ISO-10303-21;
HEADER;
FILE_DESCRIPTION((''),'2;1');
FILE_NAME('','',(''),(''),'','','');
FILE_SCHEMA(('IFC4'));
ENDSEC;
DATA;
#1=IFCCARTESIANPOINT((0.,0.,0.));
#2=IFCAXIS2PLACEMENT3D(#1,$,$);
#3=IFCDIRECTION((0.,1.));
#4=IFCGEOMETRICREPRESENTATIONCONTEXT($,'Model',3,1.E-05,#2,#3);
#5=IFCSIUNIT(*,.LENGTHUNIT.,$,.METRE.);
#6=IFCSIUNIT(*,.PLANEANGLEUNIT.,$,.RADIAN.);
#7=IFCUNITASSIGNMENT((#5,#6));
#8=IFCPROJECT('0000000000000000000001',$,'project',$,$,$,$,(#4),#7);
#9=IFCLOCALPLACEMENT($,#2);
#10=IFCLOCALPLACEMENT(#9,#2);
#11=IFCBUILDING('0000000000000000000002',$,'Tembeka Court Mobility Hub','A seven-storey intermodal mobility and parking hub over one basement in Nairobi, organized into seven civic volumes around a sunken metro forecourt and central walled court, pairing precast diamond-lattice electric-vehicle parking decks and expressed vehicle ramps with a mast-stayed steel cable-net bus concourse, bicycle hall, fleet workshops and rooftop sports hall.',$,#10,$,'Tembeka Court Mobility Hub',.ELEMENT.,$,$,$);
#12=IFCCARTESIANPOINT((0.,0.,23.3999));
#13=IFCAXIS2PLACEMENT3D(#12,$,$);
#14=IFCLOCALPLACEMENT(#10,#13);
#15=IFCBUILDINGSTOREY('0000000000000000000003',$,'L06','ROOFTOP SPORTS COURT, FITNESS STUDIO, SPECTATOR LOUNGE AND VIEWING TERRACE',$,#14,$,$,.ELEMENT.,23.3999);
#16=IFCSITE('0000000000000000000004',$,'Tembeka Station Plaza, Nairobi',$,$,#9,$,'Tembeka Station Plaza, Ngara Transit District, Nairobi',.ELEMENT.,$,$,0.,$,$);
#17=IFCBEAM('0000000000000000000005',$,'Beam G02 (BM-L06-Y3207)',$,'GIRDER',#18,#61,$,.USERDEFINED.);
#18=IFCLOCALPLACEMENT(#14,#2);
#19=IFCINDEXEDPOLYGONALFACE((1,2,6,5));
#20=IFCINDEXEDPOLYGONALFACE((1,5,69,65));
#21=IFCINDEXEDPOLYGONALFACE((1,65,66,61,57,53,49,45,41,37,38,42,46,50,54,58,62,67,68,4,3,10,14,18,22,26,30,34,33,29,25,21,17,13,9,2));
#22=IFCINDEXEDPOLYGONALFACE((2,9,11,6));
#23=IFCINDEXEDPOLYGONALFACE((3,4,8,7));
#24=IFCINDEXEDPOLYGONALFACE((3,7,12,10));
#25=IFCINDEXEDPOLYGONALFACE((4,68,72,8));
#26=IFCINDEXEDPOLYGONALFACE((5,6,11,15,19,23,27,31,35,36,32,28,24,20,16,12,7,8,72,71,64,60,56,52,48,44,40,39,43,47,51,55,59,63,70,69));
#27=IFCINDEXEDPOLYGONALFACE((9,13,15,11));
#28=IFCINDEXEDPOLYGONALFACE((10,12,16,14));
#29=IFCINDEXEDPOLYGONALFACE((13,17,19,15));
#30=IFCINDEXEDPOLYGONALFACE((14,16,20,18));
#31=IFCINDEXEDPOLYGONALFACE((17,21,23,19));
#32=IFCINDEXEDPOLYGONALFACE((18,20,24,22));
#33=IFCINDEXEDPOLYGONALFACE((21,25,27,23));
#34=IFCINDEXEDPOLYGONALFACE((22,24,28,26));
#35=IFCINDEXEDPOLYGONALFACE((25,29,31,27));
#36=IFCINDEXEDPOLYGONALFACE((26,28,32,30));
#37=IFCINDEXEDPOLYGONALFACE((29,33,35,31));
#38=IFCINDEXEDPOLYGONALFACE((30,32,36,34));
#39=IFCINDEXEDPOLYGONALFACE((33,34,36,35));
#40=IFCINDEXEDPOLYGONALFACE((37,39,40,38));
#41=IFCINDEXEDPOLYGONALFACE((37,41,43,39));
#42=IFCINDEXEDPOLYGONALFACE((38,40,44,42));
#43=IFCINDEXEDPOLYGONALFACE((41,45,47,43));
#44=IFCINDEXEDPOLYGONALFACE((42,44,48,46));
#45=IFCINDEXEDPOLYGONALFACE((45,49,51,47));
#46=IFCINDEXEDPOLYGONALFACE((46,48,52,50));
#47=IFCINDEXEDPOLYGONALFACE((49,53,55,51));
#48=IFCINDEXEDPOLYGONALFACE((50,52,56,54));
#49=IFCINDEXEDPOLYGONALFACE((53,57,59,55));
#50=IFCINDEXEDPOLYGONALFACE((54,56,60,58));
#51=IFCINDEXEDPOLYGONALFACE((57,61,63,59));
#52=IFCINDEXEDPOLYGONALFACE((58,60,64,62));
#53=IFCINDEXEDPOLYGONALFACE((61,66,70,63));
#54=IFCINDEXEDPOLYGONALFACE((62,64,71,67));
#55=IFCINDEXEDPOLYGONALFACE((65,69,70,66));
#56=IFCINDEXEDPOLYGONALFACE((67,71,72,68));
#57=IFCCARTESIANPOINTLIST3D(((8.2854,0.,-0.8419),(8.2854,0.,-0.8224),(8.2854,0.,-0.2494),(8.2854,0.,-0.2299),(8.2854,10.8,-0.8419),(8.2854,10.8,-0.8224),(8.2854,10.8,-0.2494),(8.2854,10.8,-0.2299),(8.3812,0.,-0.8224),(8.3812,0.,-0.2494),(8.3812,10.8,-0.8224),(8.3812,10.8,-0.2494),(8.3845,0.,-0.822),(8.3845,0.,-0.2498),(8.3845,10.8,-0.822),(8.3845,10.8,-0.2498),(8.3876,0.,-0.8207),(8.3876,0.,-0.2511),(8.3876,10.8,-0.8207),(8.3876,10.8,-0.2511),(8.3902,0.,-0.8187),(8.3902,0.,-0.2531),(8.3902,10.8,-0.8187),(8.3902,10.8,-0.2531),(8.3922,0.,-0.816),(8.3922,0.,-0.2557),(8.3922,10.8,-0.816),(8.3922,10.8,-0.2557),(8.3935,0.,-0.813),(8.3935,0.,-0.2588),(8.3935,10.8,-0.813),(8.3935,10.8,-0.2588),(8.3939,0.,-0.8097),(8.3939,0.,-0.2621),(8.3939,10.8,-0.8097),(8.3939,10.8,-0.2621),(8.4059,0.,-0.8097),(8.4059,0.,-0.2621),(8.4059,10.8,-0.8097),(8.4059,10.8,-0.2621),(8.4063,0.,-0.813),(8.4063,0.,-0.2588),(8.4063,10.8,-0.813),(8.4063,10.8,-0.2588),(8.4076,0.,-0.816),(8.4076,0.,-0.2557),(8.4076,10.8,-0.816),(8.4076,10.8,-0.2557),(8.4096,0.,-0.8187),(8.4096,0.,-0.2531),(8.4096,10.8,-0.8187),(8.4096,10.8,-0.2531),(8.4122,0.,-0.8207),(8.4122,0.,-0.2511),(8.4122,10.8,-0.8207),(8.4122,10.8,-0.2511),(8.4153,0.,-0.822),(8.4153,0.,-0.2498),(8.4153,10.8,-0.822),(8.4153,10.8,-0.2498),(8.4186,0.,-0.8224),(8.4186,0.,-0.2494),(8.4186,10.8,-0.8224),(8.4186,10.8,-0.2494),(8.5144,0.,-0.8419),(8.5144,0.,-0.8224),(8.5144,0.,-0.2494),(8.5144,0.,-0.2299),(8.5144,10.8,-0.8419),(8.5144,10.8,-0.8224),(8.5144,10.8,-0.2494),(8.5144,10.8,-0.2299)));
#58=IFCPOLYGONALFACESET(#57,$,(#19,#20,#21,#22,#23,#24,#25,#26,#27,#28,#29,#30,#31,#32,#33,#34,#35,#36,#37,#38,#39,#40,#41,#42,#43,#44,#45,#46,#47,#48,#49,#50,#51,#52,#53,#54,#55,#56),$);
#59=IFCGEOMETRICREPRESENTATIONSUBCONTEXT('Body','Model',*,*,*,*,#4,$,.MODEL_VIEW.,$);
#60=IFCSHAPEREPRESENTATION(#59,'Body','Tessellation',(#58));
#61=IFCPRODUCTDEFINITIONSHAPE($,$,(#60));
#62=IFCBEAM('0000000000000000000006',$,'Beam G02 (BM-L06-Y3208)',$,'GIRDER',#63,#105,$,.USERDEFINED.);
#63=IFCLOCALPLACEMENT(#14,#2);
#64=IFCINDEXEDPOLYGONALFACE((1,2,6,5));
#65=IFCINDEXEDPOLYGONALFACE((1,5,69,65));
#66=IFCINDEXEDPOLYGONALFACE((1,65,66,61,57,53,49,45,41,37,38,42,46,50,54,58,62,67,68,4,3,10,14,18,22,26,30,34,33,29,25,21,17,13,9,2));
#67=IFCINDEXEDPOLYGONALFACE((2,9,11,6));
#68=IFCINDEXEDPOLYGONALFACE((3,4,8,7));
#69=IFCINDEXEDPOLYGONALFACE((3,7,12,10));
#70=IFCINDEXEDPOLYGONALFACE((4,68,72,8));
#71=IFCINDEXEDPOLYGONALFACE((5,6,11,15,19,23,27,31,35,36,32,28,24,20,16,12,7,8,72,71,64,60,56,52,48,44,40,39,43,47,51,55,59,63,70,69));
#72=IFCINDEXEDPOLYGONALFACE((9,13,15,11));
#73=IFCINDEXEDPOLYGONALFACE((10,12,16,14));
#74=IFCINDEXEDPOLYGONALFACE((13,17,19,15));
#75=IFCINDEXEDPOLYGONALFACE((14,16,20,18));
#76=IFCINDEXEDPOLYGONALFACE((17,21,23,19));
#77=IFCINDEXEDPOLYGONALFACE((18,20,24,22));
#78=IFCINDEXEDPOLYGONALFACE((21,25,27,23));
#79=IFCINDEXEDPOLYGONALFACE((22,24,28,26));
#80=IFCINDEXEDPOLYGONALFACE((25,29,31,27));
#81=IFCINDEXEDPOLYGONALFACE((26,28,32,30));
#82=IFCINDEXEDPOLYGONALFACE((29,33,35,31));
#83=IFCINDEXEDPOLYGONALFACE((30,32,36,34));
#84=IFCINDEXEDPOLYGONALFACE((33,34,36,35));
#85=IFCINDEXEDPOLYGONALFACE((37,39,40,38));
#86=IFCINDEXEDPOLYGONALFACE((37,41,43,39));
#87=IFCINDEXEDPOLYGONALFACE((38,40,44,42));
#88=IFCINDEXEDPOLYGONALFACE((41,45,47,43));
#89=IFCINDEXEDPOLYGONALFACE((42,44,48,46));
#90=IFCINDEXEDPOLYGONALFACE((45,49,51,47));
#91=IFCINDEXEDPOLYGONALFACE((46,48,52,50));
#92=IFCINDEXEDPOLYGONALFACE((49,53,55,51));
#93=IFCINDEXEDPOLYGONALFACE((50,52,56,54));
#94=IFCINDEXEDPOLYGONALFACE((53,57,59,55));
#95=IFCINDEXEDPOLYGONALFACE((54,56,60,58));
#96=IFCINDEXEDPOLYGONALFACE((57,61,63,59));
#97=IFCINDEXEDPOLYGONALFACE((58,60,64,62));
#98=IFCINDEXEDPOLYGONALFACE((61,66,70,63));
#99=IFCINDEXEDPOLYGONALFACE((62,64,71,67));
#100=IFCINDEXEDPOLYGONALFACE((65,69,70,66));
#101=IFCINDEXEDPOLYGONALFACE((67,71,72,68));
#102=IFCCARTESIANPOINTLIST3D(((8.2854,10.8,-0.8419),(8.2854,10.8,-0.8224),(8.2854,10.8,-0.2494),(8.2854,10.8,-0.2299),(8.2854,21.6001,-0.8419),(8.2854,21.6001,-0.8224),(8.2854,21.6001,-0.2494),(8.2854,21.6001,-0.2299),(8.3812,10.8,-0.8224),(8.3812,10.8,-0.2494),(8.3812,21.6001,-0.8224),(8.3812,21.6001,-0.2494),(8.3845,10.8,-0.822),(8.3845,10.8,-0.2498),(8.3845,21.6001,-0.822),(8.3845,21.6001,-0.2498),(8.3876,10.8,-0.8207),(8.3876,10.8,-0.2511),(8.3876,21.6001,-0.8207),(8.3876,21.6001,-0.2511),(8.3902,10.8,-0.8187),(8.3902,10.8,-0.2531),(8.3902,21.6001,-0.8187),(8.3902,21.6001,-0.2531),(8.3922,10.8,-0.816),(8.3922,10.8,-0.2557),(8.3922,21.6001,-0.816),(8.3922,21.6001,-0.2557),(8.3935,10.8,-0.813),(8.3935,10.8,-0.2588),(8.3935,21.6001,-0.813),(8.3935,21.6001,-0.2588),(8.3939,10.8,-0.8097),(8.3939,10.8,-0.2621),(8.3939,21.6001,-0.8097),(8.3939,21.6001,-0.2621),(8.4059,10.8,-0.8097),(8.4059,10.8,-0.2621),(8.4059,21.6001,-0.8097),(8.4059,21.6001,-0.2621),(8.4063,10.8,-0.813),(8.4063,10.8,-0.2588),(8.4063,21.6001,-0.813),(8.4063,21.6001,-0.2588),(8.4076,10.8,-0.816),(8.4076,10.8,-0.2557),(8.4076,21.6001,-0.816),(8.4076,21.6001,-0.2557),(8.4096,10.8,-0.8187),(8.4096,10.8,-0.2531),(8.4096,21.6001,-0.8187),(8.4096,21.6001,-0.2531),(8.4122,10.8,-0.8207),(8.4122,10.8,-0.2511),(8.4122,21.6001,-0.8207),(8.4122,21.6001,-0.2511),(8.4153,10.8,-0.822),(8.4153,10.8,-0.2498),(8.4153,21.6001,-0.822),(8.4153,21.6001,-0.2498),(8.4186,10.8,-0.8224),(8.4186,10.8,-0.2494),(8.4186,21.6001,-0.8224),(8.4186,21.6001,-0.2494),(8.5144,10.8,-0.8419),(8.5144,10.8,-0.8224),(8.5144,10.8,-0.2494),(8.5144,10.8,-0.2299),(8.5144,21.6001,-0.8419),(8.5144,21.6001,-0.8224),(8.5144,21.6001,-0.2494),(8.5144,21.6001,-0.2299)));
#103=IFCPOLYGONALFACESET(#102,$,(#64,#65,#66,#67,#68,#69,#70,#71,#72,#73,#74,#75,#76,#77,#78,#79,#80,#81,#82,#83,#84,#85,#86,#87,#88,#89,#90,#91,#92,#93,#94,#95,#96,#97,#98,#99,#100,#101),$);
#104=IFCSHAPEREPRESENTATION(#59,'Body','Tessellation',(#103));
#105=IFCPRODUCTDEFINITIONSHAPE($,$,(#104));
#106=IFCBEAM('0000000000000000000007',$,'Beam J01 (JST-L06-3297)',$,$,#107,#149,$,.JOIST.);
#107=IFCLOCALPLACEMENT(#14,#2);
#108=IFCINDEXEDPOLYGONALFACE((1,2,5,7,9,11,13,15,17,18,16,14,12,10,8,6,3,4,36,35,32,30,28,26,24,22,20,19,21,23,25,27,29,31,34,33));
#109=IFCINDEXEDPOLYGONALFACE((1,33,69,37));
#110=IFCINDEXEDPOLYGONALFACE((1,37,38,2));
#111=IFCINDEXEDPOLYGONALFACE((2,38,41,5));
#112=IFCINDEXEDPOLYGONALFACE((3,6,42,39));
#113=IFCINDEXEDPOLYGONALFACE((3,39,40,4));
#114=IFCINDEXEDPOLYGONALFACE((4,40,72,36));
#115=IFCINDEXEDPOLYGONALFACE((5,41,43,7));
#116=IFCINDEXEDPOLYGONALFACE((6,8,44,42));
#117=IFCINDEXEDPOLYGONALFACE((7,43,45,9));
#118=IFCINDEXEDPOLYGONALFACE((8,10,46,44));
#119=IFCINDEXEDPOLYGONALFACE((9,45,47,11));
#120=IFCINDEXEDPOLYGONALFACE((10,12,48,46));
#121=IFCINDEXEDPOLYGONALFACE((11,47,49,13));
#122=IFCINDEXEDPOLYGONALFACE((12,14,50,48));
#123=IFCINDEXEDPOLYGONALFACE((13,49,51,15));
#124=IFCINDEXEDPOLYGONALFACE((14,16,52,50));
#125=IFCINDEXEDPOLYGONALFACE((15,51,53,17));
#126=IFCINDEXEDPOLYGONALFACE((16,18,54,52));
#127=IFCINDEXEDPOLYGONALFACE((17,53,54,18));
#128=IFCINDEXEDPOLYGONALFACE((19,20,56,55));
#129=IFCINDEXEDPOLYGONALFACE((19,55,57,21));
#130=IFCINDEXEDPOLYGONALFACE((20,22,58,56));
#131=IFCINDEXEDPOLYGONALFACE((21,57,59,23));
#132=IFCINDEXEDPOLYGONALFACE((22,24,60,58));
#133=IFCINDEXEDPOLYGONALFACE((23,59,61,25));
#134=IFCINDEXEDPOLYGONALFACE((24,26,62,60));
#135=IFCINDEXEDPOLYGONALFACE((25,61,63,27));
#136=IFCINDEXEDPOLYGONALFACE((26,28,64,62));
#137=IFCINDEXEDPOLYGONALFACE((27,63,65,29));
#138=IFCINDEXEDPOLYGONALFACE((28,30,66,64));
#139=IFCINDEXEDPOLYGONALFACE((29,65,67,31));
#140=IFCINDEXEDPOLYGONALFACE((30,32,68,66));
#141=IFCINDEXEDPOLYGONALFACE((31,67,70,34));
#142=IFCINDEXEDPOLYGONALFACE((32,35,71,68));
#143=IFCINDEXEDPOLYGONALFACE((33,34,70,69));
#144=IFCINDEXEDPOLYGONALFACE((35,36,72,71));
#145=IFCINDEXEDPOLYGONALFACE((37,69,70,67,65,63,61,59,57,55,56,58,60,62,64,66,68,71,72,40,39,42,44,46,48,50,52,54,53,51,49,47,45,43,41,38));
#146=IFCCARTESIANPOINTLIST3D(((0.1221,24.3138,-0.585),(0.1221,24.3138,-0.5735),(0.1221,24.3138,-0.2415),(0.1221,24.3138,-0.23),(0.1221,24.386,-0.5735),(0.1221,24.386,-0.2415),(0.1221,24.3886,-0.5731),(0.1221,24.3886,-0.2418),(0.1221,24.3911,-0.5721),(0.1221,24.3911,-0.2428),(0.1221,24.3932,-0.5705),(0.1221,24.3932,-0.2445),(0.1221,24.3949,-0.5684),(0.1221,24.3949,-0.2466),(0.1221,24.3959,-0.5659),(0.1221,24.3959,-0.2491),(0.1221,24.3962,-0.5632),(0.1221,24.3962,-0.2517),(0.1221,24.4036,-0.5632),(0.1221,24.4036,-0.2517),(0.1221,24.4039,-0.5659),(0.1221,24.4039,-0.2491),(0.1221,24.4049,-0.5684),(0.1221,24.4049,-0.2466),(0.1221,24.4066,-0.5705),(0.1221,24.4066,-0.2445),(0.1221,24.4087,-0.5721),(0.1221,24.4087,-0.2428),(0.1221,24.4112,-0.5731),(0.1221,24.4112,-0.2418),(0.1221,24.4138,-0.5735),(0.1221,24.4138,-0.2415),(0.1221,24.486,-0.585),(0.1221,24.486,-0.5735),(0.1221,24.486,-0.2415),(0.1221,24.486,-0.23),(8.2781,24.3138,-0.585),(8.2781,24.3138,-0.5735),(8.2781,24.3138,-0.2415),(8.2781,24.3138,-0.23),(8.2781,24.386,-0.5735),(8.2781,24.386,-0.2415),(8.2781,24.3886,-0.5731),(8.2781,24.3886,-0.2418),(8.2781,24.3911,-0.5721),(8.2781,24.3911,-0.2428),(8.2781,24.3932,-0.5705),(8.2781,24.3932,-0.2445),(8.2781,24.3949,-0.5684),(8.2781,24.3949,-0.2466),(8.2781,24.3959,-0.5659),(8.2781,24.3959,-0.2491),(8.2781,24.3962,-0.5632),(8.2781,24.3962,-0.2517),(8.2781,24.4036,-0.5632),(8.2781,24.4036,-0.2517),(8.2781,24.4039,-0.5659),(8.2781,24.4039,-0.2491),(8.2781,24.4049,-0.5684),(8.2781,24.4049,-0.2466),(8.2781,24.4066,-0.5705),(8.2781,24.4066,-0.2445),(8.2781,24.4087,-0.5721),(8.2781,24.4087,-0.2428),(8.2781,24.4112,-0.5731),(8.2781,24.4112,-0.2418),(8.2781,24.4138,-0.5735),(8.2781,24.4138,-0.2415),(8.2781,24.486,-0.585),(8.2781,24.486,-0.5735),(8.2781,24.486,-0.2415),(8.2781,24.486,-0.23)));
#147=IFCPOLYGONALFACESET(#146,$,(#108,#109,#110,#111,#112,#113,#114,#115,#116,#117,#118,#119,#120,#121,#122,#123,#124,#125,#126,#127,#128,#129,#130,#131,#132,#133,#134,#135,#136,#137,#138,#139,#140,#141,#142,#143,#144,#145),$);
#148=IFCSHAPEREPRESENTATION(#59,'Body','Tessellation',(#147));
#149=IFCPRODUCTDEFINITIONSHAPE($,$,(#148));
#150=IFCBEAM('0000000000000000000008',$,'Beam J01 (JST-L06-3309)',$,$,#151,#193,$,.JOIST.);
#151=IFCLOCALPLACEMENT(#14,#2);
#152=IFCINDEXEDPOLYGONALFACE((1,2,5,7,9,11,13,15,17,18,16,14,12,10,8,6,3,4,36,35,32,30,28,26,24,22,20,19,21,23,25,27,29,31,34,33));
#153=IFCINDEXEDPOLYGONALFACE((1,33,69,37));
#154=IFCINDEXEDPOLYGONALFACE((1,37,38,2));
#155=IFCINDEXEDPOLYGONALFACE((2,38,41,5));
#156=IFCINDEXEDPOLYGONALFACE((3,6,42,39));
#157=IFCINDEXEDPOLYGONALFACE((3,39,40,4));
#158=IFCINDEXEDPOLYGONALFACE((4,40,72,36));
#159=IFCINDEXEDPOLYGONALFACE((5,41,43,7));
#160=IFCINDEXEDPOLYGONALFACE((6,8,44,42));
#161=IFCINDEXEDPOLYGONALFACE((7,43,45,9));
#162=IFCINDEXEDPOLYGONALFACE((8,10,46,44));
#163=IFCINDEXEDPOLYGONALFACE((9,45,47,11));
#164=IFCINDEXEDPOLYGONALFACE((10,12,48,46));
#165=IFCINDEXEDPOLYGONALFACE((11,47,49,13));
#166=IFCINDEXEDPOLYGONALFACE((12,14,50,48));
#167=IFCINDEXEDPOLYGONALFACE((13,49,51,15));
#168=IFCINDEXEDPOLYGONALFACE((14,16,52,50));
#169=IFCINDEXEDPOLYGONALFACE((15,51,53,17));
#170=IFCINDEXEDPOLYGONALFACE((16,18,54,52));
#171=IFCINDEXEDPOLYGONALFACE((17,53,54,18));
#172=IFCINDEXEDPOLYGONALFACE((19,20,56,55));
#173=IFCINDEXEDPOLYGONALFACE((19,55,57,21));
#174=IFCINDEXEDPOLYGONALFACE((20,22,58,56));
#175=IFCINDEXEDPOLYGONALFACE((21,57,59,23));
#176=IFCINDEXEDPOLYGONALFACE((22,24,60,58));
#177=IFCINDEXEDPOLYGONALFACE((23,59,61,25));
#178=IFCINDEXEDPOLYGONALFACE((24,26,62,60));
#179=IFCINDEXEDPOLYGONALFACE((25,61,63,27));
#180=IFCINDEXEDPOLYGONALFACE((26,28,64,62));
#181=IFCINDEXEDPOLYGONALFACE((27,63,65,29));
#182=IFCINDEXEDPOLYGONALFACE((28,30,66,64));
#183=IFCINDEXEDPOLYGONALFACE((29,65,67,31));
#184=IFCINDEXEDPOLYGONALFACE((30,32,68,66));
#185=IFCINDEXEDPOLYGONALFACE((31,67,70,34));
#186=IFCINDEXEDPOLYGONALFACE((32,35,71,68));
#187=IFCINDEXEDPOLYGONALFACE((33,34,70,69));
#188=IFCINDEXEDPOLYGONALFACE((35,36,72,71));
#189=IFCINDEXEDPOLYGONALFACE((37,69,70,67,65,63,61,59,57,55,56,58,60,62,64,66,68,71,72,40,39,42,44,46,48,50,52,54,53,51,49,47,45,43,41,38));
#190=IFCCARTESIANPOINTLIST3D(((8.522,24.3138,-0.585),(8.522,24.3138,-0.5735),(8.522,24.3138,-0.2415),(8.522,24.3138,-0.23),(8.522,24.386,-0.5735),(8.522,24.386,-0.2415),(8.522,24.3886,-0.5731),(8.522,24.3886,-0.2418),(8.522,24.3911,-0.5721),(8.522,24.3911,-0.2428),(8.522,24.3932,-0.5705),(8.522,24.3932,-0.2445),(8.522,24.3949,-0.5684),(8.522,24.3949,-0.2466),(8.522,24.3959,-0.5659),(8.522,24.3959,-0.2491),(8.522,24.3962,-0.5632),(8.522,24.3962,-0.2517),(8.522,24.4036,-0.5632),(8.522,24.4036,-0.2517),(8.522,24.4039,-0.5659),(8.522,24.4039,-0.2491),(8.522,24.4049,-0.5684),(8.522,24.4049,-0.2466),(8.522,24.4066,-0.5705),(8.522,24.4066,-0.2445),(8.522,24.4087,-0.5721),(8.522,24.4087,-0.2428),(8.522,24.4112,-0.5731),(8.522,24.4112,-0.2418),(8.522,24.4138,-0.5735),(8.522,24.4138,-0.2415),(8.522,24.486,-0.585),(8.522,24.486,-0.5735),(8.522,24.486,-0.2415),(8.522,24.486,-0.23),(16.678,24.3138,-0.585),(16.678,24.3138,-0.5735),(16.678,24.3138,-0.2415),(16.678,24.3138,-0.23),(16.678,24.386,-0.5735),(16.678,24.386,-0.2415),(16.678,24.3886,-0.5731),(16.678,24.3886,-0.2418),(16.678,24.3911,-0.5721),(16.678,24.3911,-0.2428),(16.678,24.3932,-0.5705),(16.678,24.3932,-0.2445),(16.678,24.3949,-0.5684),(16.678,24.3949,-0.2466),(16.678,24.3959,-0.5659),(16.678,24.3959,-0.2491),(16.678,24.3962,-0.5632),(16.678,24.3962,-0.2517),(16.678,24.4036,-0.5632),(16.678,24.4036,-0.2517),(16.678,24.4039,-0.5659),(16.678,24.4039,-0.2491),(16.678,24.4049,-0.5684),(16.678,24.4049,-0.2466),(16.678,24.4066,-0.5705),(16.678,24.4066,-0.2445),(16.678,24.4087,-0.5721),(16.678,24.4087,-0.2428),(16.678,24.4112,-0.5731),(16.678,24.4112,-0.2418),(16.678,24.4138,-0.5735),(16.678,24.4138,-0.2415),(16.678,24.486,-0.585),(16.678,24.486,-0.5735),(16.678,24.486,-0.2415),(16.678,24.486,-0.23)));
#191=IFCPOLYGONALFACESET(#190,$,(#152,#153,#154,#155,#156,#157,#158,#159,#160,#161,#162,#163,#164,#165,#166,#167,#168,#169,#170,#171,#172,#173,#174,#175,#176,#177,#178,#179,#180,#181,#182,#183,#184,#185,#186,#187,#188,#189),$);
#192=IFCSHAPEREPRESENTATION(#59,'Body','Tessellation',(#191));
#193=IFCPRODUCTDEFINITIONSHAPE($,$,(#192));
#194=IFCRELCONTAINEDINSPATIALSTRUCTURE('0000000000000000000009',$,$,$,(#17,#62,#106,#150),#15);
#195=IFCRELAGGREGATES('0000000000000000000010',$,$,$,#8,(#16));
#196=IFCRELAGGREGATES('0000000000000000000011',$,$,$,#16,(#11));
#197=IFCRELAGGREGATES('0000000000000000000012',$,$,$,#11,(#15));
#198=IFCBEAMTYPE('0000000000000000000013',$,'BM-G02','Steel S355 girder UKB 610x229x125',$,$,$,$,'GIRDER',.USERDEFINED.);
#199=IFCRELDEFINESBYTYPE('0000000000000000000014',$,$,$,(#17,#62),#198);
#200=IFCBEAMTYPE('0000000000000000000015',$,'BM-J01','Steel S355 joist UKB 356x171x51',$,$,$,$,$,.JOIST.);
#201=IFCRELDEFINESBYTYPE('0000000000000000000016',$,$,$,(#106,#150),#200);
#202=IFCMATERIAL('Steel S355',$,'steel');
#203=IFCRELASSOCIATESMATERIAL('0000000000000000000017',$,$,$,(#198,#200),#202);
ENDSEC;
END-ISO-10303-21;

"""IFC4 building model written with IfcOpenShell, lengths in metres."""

from ifc_helpers import new_model, si_unit, direction, frame, origin, origin_2d, place, context, subcontext, project, spatial, i_section, extrude, material, material_profile, profile_set, type_object, element, save


model = new_model("IFC4")

# Units and contexts
model_context = context("Model", 3, precision=1e-05, world=origin(), true_north=direction((0.0, 1.0)))
body_context = subcontext(model_context, "Body", "Model", "MODEL_VIEW")
ifc_project = project(units=[si_unit("LENGTHUNIT", "METRE"), si_unit("PLANEANGLEUNIT", "RADIAN")], contexts=[model_context])

# Site, building, storey
site_placement = place(None, origin())
site = spatial("IfcSite", under=ifc_project, at=site_placement, Name="Tembeka Station Plaza, Nairobi", LongName="Tembeka Station Plaza, Ngara Transit District, Nairobi", CompositionType="ELEMENT", RefElevation=0.0)
building_placement = place(site_placement, origin())
building = spatial("IfcBuilding", under=site, at=building_placement, Name="Tembeka Court Mobility Hub", Description="A seven-storey intermodal mobility and parking hub over one basement in Nairobi, organized into seven civic volumes around a sunken metro forecourt and central walled court, pairing precast diamond-lattice electric-vehicle parking decks and expressed vehicle ramps with a mast-stayed steel cable-net bus concourse, bicycle hall, fleet workshops and rooftop sports hall.", LongName="Tembeka Court Mobility Hub", CompositionType="ELEMENT")
storey_placement = place(building_placement, frame((0.0, 0.0, 23.3999)))
storey = spatial("IfcBuildingStorey", under=building, at=storey_placement, Name="L06", Description="ROOFTOP SPORTS COURT, FITNESS STUDIO, SPECTATOR LOUNGE AND VIEWING TERRACE", CompositionType="ELEMENT", Elevation=23.3999)

# Beams
ifc_material_1 = material(Name="Steel S355", Category="steel")
ifc_material_profile_1 = material_profile(ifc_material_1, i_section(OverallWidth=0.229, OverallDepth=0.6121, WebThickness=0.012, FlangeThickness=0.0195, FilletRadius=0.0127, at=origin_2d()), Name="UKB 610x229x125")
ifc_profile_set_1 = profile_set([ifc_material_profile_1], Name="Steel S355")
beam_type_1 = type_object("IfcBeamType", Name="BM-G02", Description="Steel S355 girder UKB 610x229x125", ElementType="GIRDER", PredefinedType="USERDEFINED", material=ifc_profile_set_1)
for number, where, z_axis, x_axis, name in (
    (1, (8.3999, 0.0, -0.5359), (0.0, 1.0, 0.0), (-1.0, 0.0, 0.0), "Beam G02 (BM-L06-Y3207)"),
    (2, (8.3999, 10.8, -0.5359), (0.0, 1.0, 0.0), (-1.0, 0.0, 0.0), "Beam G02 (BM-L06-Y3208)"),
):
    element("IfcBeam", number, at=place(storey_placement, frame(where, z_axis=z_axis, x_axis=x_axis)), inside=storey, type_object=beam_type_1, Name=name, ObjectType="GIRDER", PredefinedType="USERDEFINED", context=body_context, shape_type="SweptSolid", body=[
        extrude(i_section(OverallWidth=0.229, OverallDepth=0.6121, WebThickness=0.012, FlangeThickness=0.0195, FilletRadius=0.0127, at=origin_2d()), origin(), (0.0, 0.0, 1.0), 10.8),
    ])
ifc_material_profile_2 = material_profile(ifc_material_1, i_section(OverallWidth=0.1721, OverallDepth=0.355, WebThickness=0.0073, FlangeThickness=0.0115, FilletRadius=0.0103, at=origin_2d()), Name="UKB 356x171x51")
ifc_profile_set_2 = profile_set([ifc_material_profile_2], Name="Steel S355")
beam_type_2 = type_object("IfcBeamType", Name="BM-J01", Description="Steel S355 joist UKB 356x171x51", PredefinedType="JOIST", material=ifc_profile_set_2)
for number, where, z_axis, x_axis, name in (
    (3, (0.1221, 24.3999, -0.4075), (1.0, 0.0, 0.0), (0.0, 1.0, 0.0), "Beam J01 (JST-L06-3297)"),
    (4, (8.522, 24.3999, -0.4075), (1.0, 0.0, 0.0), (0.0, 1.0, 0.0), "Beam J01 (JST-L06-3309)"),
):
    element("IfcBeam", number, at=place(storey_placement, frame(where, z_axis=z_axis, x_axis=x_axis)), inside=storey, type_object=beam_type_2, Name=name, PredefinedType="JOIST", context=body_context, shape_type="SweptSolid", body=[
        extrude(i_section(OverallWidth=0.1721, OverallDepth=0.355, WebThickness=0.0073, FlangeThickness=0.0115, FilletRadius=0.0103, at=origin_2d()), origin(), (0.0, 0.0, 1.0), 8.156),
    ])

save(model, "model.ifc")
